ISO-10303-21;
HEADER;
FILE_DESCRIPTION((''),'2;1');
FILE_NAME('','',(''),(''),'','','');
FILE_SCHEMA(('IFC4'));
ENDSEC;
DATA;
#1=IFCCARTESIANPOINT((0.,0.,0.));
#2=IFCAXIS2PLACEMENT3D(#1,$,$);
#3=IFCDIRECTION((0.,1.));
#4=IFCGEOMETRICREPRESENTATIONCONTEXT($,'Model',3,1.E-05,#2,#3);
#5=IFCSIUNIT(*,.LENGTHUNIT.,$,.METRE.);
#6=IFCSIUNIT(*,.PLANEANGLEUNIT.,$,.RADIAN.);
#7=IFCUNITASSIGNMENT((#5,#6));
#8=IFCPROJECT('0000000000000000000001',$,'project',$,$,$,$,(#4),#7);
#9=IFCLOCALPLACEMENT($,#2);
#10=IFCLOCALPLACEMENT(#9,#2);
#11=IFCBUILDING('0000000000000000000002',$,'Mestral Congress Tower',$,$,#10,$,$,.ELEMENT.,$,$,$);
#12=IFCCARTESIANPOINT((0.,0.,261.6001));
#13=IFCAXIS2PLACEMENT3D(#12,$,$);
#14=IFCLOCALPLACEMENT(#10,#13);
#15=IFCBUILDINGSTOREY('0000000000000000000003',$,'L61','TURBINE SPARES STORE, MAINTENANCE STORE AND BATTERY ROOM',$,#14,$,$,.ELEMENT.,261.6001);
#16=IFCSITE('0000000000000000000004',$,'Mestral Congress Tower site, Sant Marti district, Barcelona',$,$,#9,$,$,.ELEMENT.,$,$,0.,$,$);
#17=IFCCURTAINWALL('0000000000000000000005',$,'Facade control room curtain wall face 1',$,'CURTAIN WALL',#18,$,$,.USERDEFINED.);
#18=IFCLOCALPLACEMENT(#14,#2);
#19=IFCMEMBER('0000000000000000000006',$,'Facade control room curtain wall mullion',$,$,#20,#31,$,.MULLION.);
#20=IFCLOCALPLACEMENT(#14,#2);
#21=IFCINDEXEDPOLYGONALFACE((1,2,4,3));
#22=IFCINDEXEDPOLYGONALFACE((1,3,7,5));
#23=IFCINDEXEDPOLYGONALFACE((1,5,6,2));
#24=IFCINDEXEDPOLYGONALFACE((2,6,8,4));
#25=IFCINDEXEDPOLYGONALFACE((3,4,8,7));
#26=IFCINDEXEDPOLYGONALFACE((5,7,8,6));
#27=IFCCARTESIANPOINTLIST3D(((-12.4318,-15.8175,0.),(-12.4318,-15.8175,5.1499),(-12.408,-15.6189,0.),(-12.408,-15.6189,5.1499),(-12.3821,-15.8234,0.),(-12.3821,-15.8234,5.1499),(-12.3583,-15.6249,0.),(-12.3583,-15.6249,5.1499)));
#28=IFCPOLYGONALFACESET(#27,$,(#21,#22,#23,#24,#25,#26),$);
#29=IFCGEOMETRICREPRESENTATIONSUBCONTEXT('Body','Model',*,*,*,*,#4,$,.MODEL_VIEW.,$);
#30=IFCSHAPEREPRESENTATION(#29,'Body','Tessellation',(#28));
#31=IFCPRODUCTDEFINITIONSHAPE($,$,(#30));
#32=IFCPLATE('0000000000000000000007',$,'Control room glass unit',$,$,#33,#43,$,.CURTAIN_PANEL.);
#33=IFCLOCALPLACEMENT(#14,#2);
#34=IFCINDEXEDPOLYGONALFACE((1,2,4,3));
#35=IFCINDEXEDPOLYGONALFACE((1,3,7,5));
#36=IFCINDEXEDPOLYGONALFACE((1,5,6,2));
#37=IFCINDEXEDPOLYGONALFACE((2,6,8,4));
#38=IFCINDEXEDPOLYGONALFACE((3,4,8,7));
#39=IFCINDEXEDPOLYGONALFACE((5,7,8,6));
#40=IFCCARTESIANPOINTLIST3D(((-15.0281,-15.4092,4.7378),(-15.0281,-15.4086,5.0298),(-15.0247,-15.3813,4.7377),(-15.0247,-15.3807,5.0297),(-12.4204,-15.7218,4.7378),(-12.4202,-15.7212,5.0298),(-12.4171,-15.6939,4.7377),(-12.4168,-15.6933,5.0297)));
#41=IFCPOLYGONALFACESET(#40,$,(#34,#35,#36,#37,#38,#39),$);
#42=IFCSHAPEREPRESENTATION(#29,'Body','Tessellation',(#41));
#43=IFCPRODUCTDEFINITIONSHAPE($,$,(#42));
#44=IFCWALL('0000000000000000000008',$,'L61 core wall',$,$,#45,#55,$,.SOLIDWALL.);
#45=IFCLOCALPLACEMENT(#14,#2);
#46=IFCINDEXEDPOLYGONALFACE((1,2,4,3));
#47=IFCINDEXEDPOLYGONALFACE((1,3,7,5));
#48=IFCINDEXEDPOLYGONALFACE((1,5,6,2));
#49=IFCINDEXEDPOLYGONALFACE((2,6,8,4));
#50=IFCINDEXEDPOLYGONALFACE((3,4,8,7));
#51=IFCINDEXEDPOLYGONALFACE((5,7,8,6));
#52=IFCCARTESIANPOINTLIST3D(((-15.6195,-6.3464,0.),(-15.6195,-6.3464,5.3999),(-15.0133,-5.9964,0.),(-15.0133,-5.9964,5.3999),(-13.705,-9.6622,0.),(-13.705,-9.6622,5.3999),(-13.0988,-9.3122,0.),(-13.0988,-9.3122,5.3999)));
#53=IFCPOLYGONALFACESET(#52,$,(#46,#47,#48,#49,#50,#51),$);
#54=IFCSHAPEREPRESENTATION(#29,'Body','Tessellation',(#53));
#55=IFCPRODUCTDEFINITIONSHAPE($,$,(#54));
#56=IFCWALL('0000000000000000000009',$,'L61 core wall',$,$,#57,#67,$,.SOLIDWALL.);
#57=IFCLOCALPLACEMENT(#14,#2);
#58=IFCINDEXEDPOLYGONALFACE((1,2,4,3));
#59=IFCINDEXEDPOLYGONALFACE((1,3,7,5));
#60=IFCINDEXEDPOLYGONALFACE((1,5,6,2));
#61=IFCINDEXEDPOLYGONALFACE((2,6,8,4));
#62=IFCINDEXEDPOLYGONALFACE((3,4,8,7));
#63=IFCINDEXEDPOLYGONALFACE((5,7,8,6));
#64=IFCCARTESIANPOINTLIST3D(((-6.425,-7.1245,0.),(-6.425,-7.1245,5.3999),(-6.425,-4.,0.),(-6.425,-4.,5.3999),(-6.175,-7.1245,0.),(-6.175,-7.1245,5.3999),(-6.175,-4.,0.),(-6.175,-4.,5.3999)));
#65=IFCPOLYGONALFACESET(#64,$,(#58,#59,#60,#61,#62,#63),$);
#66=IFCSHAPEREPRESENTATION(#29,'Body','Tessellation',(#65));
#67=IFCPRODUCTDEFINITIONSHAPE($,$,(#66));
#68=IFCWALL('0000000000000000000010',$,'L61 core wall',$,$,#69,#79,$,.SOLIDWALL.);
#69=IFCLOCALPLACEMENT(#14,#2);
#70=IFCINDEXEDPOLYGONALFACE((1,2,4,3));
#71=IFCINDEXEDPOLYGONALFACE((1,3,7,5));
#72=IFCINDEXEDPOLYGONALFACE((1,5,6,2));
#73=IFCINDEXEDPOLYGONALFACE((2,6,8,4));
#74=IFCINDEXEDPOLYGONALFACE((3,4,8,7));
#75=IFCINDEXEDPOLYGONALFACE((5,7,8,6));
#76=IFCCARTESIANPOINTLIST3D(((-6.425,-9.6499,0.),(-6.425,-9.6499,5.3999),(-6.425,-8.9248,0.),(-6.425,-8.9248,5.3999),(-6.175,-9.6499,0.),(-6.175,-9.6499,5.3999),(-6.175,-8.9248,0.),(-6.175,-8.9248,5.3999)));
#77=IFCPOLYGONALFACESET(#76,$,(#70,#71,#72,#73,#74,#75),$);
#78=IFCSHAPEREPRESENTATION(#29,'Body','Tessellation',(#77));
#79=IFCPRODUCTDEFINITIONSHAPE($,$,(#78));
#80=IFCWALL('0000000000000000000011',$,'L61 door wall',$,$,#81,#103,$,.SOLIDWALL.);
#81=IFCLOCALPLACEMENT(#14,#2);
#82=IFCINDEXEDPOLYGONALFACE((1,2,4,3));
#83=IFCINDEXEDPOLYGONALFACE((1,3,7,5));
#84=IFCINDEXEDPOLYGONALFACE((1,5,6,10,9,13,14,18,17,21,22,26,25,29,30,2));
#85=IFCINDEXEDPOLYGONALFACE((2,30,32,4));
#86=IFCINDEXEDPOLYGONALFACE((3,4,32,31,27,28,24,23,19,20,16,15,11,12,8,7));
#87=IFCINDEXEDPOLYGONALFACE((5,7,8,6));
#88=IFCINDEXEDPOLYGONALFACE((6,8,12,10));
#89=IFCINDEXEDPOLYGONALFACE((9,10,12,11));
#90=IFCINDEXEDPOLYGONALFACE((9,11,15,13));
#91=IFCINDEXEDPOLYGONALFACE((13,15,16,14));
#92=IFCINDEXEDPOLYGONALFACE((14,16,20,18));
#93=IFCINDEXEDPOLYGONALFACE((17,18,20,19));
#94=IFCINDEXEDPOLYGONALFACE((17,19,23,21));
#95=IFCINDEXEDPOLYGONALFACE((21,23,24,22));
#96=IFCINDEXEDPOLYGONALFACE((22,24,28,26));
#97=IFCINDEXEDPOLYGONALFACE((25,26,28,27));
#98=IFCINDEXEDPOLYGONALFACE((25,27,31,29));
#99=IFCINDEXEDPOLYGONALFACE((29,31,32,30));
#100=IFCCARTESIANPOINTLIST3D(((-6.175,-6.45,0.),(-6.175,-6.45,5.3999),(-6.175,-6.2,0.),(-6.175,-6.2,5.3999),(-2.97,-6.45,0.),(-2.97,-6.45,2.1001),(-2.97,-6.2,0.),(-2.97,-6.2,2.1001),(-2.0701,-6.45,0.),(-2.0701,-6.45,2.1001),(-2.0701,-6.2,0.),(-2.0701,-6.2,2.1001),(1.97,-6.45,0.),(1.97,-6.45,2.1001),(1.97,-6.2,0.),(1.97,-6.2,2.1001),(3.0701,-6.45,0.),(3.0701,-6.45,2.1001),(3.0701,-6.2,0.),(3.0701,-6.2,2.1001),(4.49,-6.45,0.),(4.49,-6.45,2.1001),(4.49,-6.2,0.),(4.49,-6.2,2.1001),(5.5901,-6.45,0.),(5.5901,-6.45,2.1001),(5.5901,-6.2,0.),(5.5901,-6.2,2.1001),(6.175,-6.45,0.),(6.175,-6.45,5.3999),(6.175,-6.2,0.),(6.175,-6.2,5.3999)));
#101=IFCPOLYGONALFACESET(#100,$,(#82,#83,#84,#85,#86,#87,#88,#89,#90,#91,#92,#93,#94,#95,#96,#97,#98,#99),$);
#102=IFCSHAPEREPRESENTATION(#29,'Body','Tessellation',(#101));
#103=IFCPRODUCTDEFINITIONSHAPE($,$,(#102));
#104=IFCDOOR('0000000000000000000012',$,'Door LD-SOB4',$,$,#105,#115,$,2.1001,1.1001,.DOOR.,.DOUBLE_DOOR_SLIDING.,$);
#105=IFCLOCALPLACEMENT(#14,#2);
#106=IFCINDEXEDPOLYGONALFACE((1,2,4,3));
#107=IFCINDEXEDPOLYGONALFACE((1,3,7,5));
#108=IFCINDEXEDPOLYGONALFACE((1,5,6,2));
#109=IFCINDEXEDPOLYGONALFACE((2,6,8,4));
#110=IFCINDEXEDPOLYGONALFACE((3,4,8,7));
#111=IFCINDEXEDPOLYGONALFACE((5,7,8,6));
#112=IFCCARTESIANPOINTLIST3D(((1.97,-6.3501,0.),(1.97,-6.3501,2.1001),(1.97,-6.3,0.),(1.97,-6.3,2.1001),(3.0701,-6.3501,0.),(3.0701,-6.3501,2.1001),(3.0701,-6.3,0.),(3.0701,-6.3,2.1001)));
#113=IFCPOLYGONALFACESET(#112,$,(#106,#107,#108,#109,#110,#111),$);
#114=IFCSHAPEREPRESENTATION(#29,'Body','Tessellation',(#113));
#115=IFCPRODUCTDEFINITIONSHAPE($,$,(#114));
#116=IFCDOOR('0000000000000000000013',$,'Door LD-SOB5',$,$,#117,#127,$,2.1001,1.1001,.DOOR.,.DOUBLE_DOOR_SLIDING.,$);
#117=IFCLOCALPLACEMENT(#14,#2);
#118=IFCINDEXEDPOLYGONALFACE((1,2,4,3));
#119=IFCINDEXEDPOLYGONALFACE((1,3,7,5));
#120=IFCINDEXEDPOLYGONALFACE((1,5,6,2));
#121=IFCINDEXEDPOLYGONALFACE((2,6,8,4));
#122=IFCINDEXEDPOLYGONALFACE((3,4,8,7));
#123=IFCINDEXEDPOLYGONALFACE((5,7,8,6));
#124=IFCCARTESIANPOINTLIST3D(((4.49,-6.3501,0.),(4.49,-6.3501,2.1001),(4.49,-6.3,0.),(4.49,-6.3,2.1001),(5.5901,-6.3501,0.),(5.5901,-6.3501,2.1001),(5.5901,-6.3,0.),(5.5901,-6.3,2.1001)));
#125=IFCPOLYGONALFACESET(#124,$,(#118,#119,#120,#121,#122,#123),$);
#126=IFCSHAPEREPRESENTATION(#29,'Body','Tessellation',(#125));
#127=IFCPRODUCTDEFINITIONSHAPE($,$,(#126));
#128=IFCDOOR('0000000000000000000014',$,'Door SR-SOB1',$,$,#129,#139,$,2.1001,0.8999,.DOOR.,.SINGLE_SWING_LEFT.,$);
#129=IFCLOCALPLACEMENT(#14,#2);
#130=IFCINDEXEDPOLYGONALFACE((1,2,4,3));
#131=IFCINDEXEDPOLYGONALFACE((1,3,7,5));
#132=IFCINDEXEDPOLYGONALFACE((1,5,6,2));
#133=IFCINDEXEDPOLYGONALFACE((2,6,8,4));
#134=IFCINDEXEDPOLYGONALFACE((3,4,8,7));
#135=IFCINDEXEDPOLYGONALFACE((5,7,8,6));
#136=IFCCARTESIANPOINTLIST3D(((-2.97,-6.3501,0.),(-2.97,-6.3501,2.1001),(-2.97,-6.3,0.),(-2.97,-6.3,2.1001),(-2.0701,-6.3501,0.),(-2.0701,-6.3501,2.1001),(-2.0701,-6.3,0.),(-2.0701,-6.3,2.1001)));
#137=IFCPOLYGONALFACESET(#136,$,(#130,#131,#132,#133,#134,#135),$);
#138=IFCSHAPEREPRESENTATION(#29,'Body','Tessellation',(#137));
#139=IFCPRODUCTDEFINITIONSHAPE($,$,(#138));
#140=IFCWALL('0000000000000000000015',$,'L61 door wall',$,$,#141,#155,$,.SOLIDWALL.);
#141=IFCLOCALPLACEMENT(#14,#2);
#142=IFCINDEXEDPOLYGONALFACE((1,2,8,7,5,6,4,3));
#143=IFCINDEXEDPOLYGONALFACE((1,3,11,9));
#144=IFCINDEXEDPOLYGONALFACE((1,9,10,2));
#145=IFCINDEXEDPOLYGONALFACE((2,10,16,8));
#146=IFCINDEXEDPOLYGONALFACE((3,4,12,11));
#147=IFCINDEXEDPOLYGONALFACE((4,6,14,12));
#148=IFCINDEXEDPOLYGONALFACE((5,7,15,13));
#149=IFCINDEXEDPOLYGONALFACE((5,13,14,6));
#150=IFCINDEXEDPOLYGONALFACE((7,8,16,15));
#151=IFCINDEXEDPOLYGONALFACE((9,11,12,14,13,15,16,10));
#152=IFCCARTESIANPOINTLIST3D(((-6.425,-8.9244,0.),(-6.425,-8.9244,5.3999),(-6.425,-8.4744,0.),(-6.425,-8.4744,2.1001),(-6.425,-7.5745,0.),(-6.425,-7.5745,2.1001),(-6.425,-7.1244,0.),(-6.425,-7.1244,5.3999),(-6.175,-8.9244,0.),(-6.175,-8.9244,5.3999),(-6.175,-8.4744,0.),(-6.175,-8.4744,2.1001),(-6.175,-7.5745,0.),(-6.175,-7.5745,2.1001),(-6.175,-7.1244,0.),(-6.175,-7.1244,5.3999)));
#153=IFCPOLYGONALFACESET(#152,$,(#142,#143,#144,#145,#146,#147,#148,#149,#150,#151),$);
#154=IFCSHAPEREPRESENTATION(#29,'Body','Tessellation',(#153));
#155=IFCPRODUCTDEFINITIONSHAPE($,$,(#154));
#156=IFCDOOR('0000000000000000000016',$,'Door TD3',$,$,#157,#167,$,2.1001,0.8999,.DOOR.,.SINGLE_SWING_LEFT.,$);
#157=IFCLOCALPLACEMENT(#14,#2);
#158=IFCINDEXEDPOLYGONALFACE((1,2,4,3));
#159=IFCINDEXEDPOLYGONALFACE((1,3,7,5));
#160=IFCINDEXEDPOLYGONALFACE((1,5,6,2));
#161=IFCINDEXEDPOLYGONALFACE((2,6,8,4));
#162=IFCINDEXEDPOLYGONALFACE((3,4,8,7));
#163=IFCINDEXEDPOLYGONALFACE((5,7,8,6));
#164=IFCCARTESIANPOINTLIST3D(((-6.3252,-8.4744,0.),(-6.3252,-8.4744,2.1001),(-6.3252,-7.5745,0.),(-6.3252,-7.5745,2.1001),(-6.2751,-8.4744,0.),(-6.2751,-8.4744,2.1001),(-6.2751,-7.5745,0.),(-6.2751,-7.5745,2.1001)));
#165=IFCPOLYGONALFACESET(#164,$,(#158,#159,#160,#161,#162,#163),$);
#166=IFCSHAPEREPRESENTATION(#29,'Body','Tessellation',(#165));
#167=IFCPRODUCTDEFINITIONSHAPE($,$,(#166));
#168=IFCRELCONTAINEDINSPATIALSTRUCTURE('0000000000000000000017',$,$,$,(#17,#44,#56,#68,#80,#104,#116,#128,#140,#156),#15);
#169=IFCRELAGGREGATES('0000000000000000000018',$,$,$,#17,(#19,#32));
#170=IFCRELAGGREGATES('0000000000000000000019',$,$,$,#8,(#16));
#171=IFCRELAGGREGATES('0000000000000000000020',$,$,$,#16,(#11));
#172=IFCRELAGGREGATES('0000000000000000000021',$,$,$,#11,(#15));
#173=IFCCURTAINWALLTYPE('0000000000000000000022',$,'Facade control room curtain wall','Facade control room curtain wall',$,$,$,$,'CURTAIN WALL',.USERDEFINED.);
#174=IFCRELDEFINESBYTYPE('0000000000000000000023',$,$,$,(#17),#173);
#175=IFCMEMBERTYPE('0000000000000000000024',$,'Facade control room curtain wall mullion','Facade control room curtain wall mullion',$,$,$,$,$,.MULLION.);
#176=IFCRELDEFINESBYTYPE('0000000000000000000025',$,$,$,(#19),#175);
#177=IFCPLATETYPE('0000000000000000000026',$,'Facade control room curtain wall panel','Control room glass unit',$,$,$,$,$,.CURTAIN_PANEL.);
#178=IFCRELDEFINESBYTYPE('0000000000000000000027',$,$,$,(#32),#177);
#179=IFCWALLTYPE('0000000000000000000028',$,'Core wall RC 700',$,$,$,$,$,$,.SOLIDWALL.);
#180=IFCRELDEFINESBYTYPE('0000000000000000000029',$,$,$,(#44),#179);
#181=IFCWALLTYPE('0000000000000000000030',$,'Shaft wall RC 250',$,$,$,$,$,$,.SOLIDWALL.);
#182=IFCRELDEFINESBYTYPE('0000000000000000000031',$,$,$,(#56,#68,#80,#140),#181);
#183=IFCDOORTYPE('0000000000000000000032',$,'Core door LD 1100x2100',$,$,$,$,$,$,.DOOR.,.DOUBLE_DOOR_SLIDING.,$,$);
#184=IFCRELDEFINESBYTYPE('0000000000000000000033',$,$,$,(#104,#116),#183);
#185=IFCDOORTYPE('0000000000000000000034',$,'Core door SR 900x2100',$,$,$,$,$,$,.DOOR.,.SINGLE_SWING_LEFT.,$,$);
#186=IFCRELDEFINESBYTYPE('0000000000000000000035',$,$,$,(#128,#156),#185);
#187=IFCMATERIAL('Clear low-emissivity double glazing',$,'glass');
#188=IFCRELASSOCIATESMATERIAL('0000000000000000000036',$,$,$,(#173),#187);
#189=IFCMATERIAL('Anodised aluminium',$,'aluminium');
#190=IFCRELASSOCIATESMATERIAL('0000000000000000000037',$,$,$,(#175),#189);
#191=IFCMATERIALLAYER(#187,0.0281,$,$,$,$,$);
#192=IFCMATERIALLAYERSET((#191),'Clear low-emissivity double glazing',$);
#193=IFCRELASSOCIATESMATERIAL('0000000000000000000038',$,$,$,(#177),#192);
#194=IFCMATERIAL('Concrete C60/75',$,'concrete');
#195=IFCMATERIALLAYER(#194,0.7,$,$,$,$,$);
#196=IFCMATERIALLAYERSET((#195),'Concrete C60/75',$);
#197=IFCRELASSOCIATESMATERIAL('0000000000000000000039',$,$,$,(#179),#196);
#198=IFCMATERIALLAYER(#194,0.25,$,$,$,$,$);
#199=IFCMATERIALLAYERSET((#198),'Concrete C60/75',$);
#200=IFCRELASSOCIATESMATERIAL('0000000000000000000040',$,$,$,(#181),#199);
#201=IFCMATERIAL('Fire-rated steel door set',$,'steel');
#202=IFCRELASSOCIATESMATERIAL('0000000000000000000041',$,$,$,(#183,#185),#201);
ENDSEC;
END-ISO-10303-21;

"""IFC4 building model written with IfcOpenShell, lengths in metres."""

from ifc_helpers import new_model, si_unit, direction, frame, frame_2d, origin, origin_2d, place, context, subcontext, project, spatial, polyline, rectangle, outline, extrude, material, layer, layer_set, material_profile, profile_set, type_object, element, fill, aggregate, save


model = new_model("IFC4")

# Units and contexts
model_context = context("Model", 3, precision=1e-05, world=origin(), true_north=direction((0.0, 1.0)))
body_context = subcontext(model_context, "Body", "Model", "MODEL_VIEW")
ifc_project = project(units=[si_unit("LENGTHUNIT", "METRE"), si_unit("PLANEANGLEUNIT", "RADIAN")], contexts=[model_context])

# Site, building, storey
site_placement = place(None, origin())
site = spatial("IfcSite", under=ifc_project, at=site_placement, Name="Mestral Congress Tower site, Sant Marti district, Barcelona", CompositionType="ELEMENT", RefElevation=0.0)
building_placement = place(site_placement, origin())
building = spatial("IfcBuilding", under=site, at=building_placement, Name="Mestral Congress Tower", CompositionType="ELEMENT")
storey_placement = place(building_placement, frame((0.0, 0.0, 261.6001)))
storey = spatial("IfcBuildingStorey", under=building, at=storey_placement, Name="L61", Description="TURBINE SPARES STORE, MAINTENANCE STORE AND BATTERY ROOM", CompositionType="ELEMENT", Elevation=261.6001)

# Curtain wall, member, plate
ifc_material_1 = material(Name="Clear low-emissivity double glazing", Category="glass")
curtain_wall_type = type_object("IfcCurtainWallType", Name="Facade control room curtain wall", Description="Facade control room curtain wall", ElementType="CURTAIN WALL", PredefinedType="USERDEFINED", material=ifc_material_1)
placement = place(storey_placement, origin())
curtain_wall = element("IfcCurtainWall", 1, at=placement, inside=storey, type_object=curtain_wall_type, Name="Facade control room curtain wall face 1", ObjectType="CURTAIN WALL", PredefinedType="USERDEFINED")
ifc_material_2 = material(Name="Anodised aluminium", Category="aluminium")
ifc_material_profile = material_profile(ifc_material_2, rectangle(XDim=0.2, YDim=0.05, at=origin_2d()), Name="CW5 mullion 200 x 50")
ifc_profile_set = profile_set([ifc_material_profile], Name="Anodised aluminium")
member_type = type_object("IfcMemberType", Name="Facade control room curtain wall mullion", Description="Facade control room curtain wall mullion", PredefinedType="MULLION", material=ifc_profile_set)
member_placement = place(storey_placement, frame((-12.395, -15.7212, 0.0), z_axis=(0.0, 0.0, 1.0), x_axis=(-0.119045, -0.992889, 0.0)))
member = element("IfcMember", 2, at=member_placement, type_object=member_type, Name="Facade control room curtain wall mullion", PredefinedType="MULLION", context=body_context, shape_type="SweptSolid", body=[
    extrude(rectangle(XDim=0.2, YDim=0.05, at=origin_2d()), origin(), (0.0, 0.0, 1.0), 5.1499),
])
ifc_layer_1 = layer(ifc_material_1, 0.0281)
ifc_layer_set_1 = layer_set([ifc_layer_1], Name="Clear low-emissivity double glazing")
plate_type = type_object("IfcPlateType", Name="Facade control room curtain wall panel", Description="Control room glass unit", PredefinedType="CURTAIN_PANEL", material=ifc_layer_set_1)
plate_placement = place(storey_placement, frame((-12.4202, -15.7212, 5.0298), z_axis=(-0.119028, -0.992889, 0.002125), x_axis=(-0.000781, -0.002047, -0.999998)))
plate = element("IfcPlate", 3, at=plate_placement, type_object=plate_type, Name="Control room glass unit", PredefinedType="CURTAIN_PANEL", context=body_context, shape_type="SweptSolid", body=[
    extrude(outline(polyline([(0.0, 0.0), (0.292, 0.0), (0.2934, -2.6264), (0.0014, -2.6266), (0.0, 0.0)])), origin(), (0.0, 0.0, -1.0), 0.0281),
])
aggregate(curtain_wall, [member, plate])

# Walls
ifc_material_3 = material(Name="Concrete C60/75", Category="concrete")
ifc_layer_2 = layer(ifc_material_3, 0.7)
ifc_layer_set_2 = layer_set([ifc_layer_2], Name="Concrete C60/75")
wall_type_1 = type_object("IfcWallType", Name="Core wall RC 700", PredefinedType="SOLIDWALL", material=ifc_layer_set_2)
wall_1_placement = place(storey_placement, frame((-13.4019, -9.4873, 0.0), z_axis=(0.0, 0.0, 1.0), x_axis=(-0.50002, 0.866014, 0.0)))
element("IfcWall", 4, at=wall_1_placement, inside=storey, type_object=wall_type_1, Name="L61 core wall", PredefinedType="SOLIDWALL", context=body_context, shape_type="SweptSolid", body=[
    extrude(rectangle(XDim=3.8289, YDim=0.7, at=frame_2d((1.9146, 0.0))), origin(), (0.0, 0.0, 1.0), 5.3999),
])
ifc_layer_3 = layer(ifc_material_3, 0.25)
ifc_layer_set_3 = layer_set([ifc_layer_3], Name="Concrete C60/75")
wall_type_2 = type_object("IfcWallType", Name="Shaft wall RC 250", PredefinedType="SOLIDWALL", material=ifc_layer_set_3)
wall_2_placement = place(storey_placement, frame((-6.3, -7.1245, 0.0), z_axis=(0.0, 0.0, 1.0), x_axis=(0.0, 1.0, 0.0)))
element("IfcWall", 5, at=wall_2_placement, inside=storey, type_object=wall_type_2, Name="L61 core wall", PredefinedType="SOLIDWALL", context=body_context, shape_type="SweptSolid", body=[
    extrude(rectangle(XDim=3.1245, YDim=0.25, at=frame_2d((1.5623, 0.0))), origin(), (0.0, 0.0, 1.0), 5.3999),
])
wall_3_placement = place(storey_placement, frame((-6.3, -8.9248, 0.0), z_axis=(0.0, 0.0, 1.0), x_axis=(0.0, -1.0, 0.0)))
element("IfcWall", 6, at=wall_3_placement, inside=storey, type_object=wall_type_2, Name="L61 core wall", PredefinedType="SOLIDWALL", context=body_context, shape_type="SweptSolid", body=[
    extrude(rectangle(XDim=0.7251, YDim=0.25, at=frame_2d((0.3625, 0.0))), origin(), (0.0, 0.0, 1.0), 5.3999),
])

# Wall, openings, doors
wall_4_placement = place(storey_placement, frame((-6.175, -6.325, 0.0), z_axis=(0.0, 0.0, 1.0), x_axis=(1.0, 0.0, 0.0)))
wall_4 = element("IfcWall", 7, at=wall_4_placement, inside=storey, type_object=wall_type_2, Name="L61 door wall", PredefinedType="SOLIDWALL", context=body_context, shape_type="SweptSolid", body=[
    extrude(rectangle(XDim=12.3501, YDim=0.25, at=frame_2d((6.175, 0.0))), origin(), (0.0, 0.0, 1.0), 5.3999),
])
opening_1_placement = place(wall_4_placement, frame((3.2051, 0.0, 0.0)))
opening_1 = element("IfcOpeningElement", 8, at=opening_1_placement, cuts=wall_4, PredefinedType="OPENING", context=body_context, shape_type="SweptSolid", body=[
    extrude(rectangle(XDim=0.8999, YDim=2.1001, at=frame_2d((0.45, 1.05))), frame((0.0, 0.135, 0.0), z_axis=(0.0, -1.0, 0.0), x_axis=(1.0, 0.0, 0.0)), (0.0, 0.0, 1.0), 0.27),
])
opening_2_placement = place(wall_4_placement, frame((8.145, 0.0, 0.0)))
opening_2 = element("IfcOpeningElement", 9, at=opening_2_placement, cuts=wall_4, PredefinedType="OPENING", context=body_context, shape_type="SweptSolid", body=[
    extrude(rectangle(XDim=1.1001, YDim=2.1001, at=frame_2d((0.55, 1.05))), frame((0.0, 0.135, 0.0), z_axis=(0.0, -1.0, 0.0), x_axis=(1.0, 0.0, 0.0)), (0.0, 0.0, 1.0), 0.27),
])
opening_3_placement = place(wall_4_placement, frame((10.665, 0.0, 0.0)))
opening_3 = element("IfcOpeningElement", 10, at=opening_3_placement, cuts=wall_4, PredefinedType="OPENING", context=body_context, shape_type="SweptSolid", body=[
    extrude(rectangle(XDim=1.1001, YDim=2.1001, at=frame_2d((0.55, 1.05))), frame((0.0, 0.135, 0.0), z_axis=(0.0, -1.0, 0.0), x_axis=(1.0, 0.0, 0.0)), (0.0, 0.0, 1.0), 0.27),
])
ifc_material_4 = material(Name="Fire-rated steel door set", Category="steel")
door_type_1 = type_object("IfcDoorType", Name="Core door LD 1100x2100", OperationType="DOUBLE_DOOR_SLIDING", PredefinedType="DOOR", material=ifc_material_4)
door_1_placement = place(opening_2_placement, origin())
door_1 = element("IfcDoor", 11, at=door_1_placement, inside=storey, type_object=door_type_1, Name="Door LD-SOB4", OperationType="DOUBLE_DOOR_SLIDING", OverallHeight=2.1001, OverallWidth=1.1001, PredefinedType="DOOR", context=body_context, shape_type="SweptSolid", body=[
    extrude(rectangle(XDim=1.1001, YDim=2.1001, at=frame_2d((0.55, 1.05))), frame((0.0, 0.0249, 0.0), z_axis=(0.0, -1.0, 0.0), x_axis=(1.0, 0.0, 0.0)), (0.0, 0.0, 1.0), 0.05),
])
fill(opening_2, door_1)
door_2_placement = place(opening_3_placement, origin())
door_2 = element("IfcDoor", 12, at=door_2_placement, inside=storey, type_object=door_type_1, Name="Door LD-SOB5", OperationType="DOUBLE_DOOR_SLIDING", OverallHeight=2.1001, OverallWidth=1.1001, PredefinedType="DOOR", context=body_context, shape_type="SweptSolid", body=[
    extrude(rectangle(XDim=1.1001, YDim=2.1001, at=frame_2d((0.55, 1.05))), frame((0.0, 0.0249, 0.0), z_axis=(0.0, -1.0, 0.0), x_axis=(1.0, 0.0, 0.0)), (0.0, 0.0, 1.0), 0.05),
])
fill(opening_3, door_2)
door_type_2 = type_object("IfcDoorType", Name="Core door SR 900x2100", OperationType="SINGLE_SWING_LEFT", PredefinedType="DOOR", material=ifc_material_4)
door_3_placement = place(opening_1_placement, origin())
door_3 = element("IfcDoor", 13, at=door_3_placement, inside=storey, type_object=door_type_2, Name="Door SR-SOB1", OperationType="SINGLE_SWING_LEFT", OverallHeight=2.1001, OverallWidth=0.8999, PredefinedType="DOOR", context=body_context, shape_type="SweptSolid", body=[
    extrude(rectangle(XDim=0.8999, YDim=2.1001, at=frame_2d((0.45, 1.05))), frame((0.0, 0.0249, 0.0), z_axis=(0.0, -1.0, 0.0), x_axis=(1.0, 0.0, 0.0)), (0.0, 0.0, 1.0), 0.05),
])
fill(opening_1, door_3)

# Wall, opening, door
wall_5_placement = place(storey_placement, frame((-6.3, -7.1245, 0.0), z_axis=(0.0, 0.0, 1.0), x_axis=(0.0, -1.0, 0.0)))
wall_5 = element("IfcWall", 14, at=wall_5_placement, inside=storey, type_object=wall_type_2, Name="L61 door wall", PredefinedType="SOLIDWALL", context=body_context, shape_type="SweptSolid", body=[
    extrude(rectangle(XDim=1.8, YDim=0.25, at=frame_2d((0.8999, 0.0))), origin(), (0.0, 0.0, 1.0), 5.3999),
])
opening_4_placement = place(wall_5_placement, frame((0.45, 0.0, 0.0)))
opening_4 = element("IfcOpeningElement", 15, at=opening_4_placement, cuts=wall_5, PredefinedType="OPENING", context=body_context, shape_type="SweptSolid", body=[
    extrude(rectangle(XDim=0.8999, YDim=2.1001, at=frame_2d((0.45, 1.05))), frame((0.0, 0.135, 0.0), z_axis=(0.0, -1.0, 0.0), x_axis=(1.0, 0.0, 0.0)), (0.0, 0.0, 1.0), 0.27),
])
door_4_placement = place(opening_4_placement, origin())
door_4 = element("IfcDoor", 16, at=door_4_placement, inside=storey, type_object=door_type_2, Name="Door TD3", OperationType="SINGLE_SWING_LEFT", OverallHeight=2.1001, OverallWidth=0.8999, PredefinedType="DOOR", context=body_context, shape_type="SweptSolid", body=[
    extrude(rectangle(XDim=0.8999, YDim=2.1001, at=frame_2d((0.45, 1.05))), frame((0.0, 0.0249, 0.0), z_axis=(0.0, -1.0, 0.0), x_axis=(1.0, 0.0, 0.0)), (0.0, 0.0, 1.0), 0.05),
])
fill(opening_4, door_4)

save(model, "model.ifc")
